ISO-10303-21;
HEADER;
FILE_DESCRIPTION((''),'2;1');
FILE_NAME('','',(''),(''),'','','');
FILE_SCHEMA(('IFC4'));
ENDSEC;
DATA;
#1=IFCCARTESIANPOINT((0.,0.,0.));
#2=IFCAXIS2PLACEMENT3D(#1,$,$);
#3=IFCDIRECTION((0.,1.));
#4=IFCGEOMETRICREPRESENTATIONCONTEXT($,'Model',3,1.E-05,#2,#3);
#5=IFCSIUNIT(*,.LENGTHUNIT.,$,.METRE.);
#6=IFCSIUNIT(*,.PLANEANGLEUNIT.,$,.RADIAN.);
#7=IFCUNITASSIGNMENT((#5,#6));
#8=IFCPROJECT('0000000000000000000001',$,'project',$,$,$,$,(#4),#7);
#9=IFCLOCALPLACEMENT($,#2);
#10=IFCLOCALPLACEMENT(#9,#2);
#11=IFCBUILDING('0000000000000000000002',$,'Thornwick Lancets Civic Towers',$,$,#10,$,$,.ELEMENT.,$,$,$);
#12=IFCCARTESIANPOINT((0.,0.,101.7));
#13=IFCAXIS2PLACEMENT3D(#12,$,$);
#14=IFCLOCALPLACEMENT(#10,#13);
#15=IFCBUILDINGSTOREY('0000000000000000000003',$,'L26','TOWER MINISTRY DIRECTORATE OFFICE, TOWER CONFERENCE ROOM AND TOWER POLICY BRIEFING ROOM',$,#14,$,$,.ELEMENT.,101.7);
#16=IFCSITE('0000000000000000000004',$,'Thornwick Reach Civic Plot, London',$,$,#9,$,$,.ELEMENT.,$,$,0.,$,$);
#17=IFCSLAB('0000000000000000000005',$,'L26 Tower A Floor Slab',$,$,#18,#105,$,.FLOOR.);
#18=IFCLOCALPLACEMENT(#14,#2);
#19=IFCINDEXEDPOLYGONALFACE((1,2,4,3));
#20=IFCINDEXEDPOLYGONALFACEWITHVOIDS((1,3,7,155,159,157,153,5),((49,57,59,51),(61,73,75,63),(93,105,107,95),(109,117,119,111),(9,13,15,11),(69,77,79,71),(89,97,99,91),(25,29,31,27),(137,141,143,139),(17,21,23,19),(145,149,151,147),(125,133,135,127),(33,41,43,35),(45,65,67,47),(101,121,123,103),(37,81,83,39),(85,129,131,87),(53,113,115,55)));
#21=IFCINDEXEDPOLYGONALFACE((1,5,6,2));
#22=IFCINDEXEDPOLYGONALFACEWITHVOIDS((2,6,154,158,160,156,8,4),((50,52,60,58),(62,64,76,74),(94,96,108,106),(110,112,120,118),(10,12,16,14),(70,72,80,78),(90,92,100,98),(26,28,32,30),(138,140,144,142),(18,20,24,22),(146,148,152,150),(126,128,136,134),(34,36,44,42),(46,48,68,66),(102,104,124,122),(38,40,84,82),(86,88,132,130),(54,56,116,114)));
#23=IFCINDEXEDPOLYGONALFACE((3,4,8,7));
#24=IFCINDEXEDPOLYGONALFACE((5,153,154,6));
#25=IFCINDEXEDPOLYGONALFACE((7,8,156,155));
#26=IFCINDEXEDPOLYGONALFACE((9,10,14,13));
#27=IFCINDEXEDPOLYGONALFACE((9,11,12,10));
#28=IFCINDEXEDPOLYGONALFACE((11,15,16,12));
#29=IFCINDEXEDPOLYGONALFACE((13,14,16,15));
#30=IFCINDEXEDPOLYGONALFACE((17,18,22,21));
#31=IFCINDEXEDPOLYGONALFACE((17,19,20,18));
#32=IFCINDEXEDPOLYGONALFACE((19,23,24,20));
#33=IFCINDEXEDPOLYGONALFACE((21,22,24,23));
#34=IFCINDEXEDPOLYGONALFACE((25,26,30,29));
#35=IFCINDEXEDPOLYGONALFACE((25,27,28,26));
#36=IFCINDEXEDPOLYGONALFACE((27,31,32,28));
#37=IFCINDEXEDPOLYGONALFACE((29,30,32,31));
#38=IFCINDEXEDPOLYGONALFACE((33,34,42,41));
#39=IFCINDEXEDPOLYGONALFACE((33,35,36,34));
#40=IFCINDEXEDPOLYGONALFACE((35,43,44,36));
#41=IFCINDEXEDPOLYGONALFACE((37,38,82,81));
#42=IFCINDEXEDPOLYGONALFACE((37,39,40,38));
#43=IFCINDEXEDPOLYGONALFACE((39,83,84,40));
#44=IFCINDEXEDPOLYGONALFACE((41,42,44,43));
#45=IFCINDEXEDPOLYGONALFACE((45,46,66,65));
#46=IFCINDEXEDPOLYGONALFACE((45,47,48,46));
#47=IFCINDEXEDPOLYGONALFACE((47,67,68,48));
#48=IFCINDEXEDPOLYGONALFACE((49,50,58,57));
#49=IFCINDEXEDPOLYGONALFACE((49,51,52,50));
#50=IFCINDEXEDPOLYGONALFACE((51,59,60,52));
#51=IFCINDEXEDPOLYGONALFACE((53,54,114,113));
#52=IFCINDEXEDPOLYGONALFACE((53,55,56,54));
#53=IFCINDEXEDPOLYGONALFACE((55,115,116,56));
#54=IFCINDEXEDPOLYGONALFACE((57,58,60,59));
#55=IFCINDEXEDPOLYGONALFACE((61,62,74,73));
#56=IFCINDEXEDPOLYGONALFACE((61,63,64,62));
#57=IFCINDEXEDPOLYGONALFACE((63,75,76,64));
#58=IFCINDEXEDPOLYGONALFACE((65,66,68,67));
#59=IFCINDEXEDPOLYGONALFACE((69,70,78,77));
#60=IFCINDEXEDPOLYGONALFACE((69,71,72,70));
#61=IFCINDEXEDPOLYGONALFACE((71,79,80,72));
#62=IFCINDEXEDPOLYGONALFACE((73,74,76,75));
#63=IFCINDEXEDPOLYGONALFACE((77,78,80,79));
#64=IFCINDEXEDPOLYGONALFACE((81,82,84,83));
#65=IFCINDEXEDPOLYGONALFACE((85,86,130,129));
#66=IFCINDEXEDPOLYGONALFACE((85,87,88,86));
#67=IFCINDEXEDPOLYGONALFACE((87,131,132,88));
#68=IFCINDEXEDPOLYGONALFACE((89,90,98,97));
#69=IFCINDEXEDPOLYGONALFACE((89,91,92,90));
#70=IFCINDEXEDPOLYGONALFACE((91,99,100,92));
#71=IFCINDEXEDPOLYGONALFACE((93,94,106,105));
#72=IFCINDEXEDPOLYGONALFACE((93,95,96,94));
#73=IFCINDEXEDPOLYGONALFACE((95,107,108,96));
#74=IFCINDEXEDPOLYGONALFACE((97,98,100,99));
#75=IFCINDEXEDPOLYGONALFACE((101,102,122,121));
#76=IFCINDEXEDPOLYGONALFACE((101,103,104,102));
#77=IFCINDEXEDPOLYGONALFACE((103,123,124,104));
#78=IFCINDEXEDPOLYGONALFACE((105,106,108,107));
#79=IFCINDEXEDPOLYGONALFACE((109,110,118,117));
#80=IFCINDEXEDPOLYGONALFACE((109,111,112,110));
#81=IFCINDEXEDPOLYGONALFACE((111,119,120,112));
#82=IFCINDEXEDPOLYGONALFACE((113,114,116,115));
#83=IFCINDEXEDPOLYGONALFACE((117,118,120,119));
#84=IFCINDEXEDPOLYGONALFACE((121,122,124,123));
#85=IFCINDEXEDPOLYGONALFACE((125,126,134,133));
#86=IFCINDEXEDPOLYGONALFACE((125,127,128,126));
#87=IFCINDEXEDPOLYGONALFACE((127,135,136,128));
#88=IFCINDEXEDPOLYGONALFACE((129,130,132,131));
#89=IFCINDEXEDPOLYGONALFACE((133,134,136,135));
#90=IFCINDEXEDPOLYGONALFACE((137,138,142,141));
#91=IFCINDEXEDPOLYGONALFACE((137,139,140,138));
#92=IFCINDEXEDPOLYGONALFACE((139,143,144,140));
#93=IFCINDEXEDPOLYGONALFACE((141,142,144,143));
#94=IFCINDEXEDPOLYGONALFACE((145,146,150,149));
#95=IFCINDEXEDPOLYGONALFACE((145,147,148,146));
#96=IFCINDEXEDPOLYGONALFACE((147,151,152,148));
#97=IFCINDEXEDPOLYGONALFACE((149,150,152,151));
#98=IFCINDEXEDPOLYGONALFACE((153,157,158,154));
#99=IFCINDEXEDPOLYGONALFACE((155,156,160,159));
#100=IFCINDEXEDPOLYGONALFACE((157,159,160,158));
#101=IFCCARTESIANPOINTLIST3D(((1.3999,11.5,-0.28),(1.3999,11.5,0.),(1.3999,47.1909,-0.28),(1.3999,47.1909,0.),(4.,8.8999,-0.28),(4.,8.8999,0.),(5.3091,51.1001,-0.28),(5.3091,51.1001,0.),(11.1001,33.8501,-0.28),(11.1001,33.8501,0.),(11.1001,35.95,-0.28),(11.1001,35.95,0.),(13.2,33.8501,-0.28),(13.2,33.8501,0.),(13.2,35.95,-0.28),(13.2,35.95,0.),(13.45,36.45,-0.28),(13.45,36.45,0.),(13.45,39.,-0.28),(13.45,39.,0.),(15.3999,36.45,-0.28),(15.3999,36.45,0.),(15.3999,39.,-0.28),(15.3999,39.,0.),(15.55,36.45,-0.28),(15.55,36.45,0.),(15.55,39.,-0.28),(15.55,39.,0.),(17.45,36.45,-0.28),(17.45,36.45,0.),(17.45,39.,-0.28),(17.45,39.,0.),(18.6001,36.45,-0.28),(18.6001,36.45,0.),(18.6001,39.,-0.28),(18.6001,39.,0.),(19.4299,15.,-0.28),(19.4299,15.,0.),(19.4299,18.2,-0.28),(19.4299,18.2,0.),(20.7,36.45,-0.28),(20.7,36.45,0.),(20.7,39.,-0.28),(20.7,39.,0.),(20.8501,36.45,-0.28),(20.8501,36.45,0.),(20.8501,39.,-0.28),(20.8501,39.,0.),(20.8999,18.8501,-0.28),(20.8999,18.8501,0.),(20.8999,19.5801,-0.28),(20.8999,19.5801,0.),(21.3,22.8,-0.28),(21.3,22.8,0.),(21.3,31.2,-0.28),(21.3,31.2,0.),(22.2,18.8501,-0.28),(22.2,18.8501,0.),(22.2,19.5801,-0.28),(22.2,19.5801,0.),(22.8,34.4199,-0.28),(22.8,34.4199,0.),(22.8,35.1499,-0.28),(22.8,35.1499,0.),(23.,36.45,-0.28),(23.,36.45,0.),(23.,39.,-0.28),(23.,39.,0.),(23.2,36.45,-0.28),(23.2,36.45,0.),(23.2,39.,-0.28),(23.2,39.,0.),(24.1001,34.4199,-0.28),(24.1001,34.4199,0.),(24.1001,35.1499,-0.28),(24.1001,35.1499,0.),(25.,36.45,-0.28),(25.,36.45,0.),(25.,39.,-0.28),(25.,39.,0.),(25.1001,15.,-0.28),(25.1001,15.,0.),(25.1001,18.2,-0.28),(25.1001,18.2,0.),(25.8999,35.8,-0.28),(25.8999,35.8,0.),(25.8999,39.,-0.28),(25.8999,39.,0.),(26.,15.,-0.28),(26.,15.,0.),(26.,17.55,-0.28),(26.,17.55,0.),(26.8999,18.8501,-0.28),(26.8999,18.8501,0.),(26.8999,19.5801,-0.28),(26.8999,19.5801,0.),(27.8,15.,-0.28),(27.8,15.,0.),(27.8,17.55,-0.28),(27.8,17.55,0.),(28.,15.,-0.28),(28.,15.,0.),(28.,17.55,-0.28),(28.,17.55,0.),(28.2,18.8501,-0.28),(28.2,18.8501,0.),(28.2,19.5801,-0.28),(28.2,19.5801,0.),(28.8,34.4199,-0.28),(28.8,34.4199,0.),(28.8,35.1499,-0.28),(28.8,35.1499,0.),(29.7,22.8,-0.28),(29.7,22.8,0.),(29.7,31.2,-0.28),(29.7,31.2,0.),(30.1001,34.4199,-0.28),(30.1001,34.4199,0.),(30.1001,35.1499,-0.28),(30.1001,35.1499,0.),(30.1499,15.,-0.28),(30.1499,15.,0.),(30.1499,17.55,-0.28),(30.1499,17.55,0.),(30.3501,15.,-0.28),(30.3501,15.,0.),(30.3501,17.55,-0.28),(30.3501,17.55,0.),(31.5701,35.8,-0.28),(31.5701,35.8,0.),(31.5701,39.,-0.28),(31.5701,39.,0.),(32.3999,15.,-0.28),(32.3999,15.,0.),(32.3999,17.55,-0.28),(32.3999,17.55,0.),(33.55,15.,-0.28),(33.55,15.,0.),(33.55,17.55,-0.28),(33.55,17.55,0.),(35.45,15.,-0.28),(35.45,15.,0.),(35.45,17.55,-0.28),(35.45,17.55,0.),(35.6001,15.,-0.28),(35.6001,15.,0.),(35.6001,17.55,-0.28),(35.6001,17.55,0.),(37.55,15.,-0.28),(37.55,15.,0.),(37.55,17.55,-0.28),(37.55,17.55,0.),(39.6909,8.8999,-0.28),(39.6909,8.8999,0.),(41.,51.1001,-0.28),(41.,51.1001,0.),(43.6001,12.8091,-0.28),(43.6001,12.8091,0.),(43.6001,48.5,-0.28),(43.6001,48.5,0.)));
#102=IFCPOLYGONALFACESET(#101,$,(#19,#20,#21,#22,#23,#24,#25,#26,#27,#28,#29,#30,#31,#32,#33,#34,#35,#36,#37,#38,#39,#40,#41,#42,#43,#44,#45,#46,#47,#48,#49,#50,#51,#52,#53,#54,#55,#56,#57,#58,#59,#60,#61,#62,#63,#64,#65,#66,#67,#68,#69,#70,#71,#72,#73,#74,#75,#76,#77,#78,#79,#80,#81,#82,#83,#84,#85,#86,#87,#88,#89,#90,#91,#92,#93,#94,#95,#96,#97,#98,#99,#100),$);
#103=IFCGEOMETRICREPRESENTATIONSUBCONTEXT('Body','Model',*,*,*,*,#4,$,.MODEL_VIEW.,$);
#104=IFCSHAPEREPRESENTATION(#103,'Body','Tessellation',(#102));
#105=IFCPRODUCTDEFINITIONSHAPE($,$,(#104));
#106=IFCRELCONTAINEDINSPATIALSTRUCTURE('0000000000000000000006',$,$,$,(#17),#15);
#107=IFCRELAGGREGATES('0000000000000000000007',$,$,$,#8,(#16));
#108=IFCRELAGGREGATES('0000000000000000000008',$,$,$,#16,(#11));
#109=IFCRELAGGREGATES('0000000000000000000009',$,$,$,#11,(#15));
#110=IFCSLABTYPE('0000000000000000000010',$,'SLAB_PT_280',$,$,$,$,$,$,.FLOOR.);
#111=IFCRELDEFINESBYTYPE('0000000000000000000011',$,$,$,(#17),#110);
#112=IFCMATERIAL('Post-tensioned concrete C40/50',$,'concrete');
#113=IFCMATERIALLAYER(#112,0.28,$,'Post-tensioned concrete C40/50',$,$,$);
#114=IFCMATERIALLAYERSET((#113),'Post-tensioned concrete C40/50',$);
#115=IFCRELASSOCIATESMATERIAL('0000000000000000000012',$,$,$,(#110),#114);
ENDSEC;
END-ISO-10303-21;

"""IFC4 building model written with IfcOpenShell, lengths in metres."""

from ifc_helpers import new_model, si_unit, direction, frame, origin, place, context, subcontext, project, spatial, polyline, outline, extrude, material, layer, layer_set, type_object, element, save


model = new_model("IFC4")

# Units and contexts
model_context = context("Model", 3, precision=1e-05, world=origin(), true_north=direction((0.0, 1.0)))
body_context = subcontext(model_context, "Body", "Model", "MODEL_VIEW")
ifc_project = project(units=[si_unit("LENGTHUNIT", "METRE"), si_unit("PLANEANGLEUNIT", "RADIAN")], contexts=[model_context])

# Site, building, storey
site_placement = place(None, origin())
site = spatial("IfcSite", under=ifc_project, at=site_placement, Name="Thornwick Reach Civic Plot, London", CompositionType="ELEMENT", RefElevation=0.0)
building_placement = place(site_placement, origin())
building = spatial("IfcBuilding", under=site, at=building_placement, Name="Thornwick Lancets Civic Towers", CompositionType="ELEMENT")
storey_placement = place(building_placement, frame((0.0, 0.0, 101.7)))
storey = spatial("IfcBuildingStorey", under=building, at=storey_placement, Name="L26", Description="TOWER MINISTRY DIRECTORATE OFFICE, TOWER CONFERENCE ROOM AND TOWER POLICY BRIEFING ROOM", CompositionType="ELEMENT", Elevation=101.7)

# Shared definitions
ifc_material_1 = material(Name="Post-tensioned concrete C40/50", Category="concrete")

# Slab
ifc_layer_1 = layer(ifc_material_1, 0.28, Name="Post-tensioned concrete C40/50")
ifc_layer_set_1 = layer_set([ifc_layer_1], Name="Post-tensioned concrete C40/50")
slab_type_1 = type_object("IfcSlabType", Name="SLAB_PT_280", PredefinedType="FLOOR", material=ifc_layer_set_1)
slab_1_placement = place(storey_placement, frame((0.0, 0.0, -0.28)))
element("IfcSlab", 1, at=slab_1_placement, inside=storey, type_object=slab_type_1, Name="L26 Tower A Floor Slab", PredefinedType="FLOOR", context=body_context, shape_type="SweptSolid", body=[
    extrude(outline(polyline([(4.0, 8.8999), (39.6909, 8.8999), (43.6001, 12.8091), (43.6001, 48.5), (41.0, 51.1001), (5.3091, 51.1001), (1.3999, 47.1909), (1.3999, 11.5), (4.0, 8.8999)]), holes=[polyline([(21.3, 22.8), (29.7, 22.8), (29.7, 31.2), (21.3, 31.2), (21.3, 22.8)]), polyline([(19.4299, 15.0), (25.1001, 15.0), (25.1001, 18.2), (19.4299, 18.2), (19.4299, 15.0)]), polyline([(31.5701, 39.0), (25.8999, 39.0), (25.8999, 35.8), (31.5701, 35.8), (31.5701, 39.0)]), polyline([(26.0, 15.0), (27.8, 15.0), (27.8, 17.55), (26.0, 17.55), (26.0, 15.0)]), polyline([(28.0, 15.0), (30.1499, 15.0), (30.1499, 17.55), (28.0, 17.55), (28.0, 15.0)]), polyline([(30.3501, 15.0), (32.3999, 15.0), (32.3999, 17.55), (30.3501, 17.55), (30.3501, 15.0)]), polyline([(33.55, 15.0), (35.45, 15.0), (35.45, 17.55), (33.55, 17.55), (33.55, 15.0)]), polyline([(35.6001, 15.0), (37.55, 15.0), (37.55, 17.55), (35.6001, 17.55), (35.6001, 15.0)]), polyline([(23.2, 36.45), (25.0, 36.45), (25.0, 39.0), (23.2, 39.0), (23.2, 36.45)]), polyline([(20.8501, 36.45), (23.0, 36.45), (23.0, 39.0), (20.8501, 39.0), (20.8501, 36.45)]), polyline([(18.6001, 36.45), (20.7, 36.45), (20.7, 39.0), (18.6001, 39.0), (18.6001, 36.45)]), polyline([(15.55, 36.45), (17.45, 36.45), (17.45, 39.0), (15.55, 39.0), (15.55, 36.45)]), polyline([(13.45, 36.45), (15.3999, 36.45), (15.3999, 39.0), (13.45, 39.0), (13.45, 36.45)]), polyline([(11.1001, 33.8501), (13.2, 33.8501), (13.2, 35.95), (11.1001, 35.95), (11.1001, 33.8501)]), polyline([(26.8999, 18.8501), (28.2, 18.8501), (28.2, 19.5801), (26.8999, 19.5801), (26.8999, 18.8501)]), polyline([(20.8999, 18.8501), (22.2, 18.8501), (22.2, 19.5801), (20.8999, 19.5801), (20.8999, 18.8501)]), polyline([(22.8, 34.4199), (24.1001, 34.4199), (24.1001, 35.1499), (22.8, 35.1499), (22.8, 34.4199)]), polyline([(28.8, 34.4199), (30.1001, 34.4199), (30.1001, 35.1499), (28.8, 35.1499), (28.8, 34.4199)])]), origin(), (0.0, 0.0, 1.0), 0.28),
])

save(model, "model.ifc")
